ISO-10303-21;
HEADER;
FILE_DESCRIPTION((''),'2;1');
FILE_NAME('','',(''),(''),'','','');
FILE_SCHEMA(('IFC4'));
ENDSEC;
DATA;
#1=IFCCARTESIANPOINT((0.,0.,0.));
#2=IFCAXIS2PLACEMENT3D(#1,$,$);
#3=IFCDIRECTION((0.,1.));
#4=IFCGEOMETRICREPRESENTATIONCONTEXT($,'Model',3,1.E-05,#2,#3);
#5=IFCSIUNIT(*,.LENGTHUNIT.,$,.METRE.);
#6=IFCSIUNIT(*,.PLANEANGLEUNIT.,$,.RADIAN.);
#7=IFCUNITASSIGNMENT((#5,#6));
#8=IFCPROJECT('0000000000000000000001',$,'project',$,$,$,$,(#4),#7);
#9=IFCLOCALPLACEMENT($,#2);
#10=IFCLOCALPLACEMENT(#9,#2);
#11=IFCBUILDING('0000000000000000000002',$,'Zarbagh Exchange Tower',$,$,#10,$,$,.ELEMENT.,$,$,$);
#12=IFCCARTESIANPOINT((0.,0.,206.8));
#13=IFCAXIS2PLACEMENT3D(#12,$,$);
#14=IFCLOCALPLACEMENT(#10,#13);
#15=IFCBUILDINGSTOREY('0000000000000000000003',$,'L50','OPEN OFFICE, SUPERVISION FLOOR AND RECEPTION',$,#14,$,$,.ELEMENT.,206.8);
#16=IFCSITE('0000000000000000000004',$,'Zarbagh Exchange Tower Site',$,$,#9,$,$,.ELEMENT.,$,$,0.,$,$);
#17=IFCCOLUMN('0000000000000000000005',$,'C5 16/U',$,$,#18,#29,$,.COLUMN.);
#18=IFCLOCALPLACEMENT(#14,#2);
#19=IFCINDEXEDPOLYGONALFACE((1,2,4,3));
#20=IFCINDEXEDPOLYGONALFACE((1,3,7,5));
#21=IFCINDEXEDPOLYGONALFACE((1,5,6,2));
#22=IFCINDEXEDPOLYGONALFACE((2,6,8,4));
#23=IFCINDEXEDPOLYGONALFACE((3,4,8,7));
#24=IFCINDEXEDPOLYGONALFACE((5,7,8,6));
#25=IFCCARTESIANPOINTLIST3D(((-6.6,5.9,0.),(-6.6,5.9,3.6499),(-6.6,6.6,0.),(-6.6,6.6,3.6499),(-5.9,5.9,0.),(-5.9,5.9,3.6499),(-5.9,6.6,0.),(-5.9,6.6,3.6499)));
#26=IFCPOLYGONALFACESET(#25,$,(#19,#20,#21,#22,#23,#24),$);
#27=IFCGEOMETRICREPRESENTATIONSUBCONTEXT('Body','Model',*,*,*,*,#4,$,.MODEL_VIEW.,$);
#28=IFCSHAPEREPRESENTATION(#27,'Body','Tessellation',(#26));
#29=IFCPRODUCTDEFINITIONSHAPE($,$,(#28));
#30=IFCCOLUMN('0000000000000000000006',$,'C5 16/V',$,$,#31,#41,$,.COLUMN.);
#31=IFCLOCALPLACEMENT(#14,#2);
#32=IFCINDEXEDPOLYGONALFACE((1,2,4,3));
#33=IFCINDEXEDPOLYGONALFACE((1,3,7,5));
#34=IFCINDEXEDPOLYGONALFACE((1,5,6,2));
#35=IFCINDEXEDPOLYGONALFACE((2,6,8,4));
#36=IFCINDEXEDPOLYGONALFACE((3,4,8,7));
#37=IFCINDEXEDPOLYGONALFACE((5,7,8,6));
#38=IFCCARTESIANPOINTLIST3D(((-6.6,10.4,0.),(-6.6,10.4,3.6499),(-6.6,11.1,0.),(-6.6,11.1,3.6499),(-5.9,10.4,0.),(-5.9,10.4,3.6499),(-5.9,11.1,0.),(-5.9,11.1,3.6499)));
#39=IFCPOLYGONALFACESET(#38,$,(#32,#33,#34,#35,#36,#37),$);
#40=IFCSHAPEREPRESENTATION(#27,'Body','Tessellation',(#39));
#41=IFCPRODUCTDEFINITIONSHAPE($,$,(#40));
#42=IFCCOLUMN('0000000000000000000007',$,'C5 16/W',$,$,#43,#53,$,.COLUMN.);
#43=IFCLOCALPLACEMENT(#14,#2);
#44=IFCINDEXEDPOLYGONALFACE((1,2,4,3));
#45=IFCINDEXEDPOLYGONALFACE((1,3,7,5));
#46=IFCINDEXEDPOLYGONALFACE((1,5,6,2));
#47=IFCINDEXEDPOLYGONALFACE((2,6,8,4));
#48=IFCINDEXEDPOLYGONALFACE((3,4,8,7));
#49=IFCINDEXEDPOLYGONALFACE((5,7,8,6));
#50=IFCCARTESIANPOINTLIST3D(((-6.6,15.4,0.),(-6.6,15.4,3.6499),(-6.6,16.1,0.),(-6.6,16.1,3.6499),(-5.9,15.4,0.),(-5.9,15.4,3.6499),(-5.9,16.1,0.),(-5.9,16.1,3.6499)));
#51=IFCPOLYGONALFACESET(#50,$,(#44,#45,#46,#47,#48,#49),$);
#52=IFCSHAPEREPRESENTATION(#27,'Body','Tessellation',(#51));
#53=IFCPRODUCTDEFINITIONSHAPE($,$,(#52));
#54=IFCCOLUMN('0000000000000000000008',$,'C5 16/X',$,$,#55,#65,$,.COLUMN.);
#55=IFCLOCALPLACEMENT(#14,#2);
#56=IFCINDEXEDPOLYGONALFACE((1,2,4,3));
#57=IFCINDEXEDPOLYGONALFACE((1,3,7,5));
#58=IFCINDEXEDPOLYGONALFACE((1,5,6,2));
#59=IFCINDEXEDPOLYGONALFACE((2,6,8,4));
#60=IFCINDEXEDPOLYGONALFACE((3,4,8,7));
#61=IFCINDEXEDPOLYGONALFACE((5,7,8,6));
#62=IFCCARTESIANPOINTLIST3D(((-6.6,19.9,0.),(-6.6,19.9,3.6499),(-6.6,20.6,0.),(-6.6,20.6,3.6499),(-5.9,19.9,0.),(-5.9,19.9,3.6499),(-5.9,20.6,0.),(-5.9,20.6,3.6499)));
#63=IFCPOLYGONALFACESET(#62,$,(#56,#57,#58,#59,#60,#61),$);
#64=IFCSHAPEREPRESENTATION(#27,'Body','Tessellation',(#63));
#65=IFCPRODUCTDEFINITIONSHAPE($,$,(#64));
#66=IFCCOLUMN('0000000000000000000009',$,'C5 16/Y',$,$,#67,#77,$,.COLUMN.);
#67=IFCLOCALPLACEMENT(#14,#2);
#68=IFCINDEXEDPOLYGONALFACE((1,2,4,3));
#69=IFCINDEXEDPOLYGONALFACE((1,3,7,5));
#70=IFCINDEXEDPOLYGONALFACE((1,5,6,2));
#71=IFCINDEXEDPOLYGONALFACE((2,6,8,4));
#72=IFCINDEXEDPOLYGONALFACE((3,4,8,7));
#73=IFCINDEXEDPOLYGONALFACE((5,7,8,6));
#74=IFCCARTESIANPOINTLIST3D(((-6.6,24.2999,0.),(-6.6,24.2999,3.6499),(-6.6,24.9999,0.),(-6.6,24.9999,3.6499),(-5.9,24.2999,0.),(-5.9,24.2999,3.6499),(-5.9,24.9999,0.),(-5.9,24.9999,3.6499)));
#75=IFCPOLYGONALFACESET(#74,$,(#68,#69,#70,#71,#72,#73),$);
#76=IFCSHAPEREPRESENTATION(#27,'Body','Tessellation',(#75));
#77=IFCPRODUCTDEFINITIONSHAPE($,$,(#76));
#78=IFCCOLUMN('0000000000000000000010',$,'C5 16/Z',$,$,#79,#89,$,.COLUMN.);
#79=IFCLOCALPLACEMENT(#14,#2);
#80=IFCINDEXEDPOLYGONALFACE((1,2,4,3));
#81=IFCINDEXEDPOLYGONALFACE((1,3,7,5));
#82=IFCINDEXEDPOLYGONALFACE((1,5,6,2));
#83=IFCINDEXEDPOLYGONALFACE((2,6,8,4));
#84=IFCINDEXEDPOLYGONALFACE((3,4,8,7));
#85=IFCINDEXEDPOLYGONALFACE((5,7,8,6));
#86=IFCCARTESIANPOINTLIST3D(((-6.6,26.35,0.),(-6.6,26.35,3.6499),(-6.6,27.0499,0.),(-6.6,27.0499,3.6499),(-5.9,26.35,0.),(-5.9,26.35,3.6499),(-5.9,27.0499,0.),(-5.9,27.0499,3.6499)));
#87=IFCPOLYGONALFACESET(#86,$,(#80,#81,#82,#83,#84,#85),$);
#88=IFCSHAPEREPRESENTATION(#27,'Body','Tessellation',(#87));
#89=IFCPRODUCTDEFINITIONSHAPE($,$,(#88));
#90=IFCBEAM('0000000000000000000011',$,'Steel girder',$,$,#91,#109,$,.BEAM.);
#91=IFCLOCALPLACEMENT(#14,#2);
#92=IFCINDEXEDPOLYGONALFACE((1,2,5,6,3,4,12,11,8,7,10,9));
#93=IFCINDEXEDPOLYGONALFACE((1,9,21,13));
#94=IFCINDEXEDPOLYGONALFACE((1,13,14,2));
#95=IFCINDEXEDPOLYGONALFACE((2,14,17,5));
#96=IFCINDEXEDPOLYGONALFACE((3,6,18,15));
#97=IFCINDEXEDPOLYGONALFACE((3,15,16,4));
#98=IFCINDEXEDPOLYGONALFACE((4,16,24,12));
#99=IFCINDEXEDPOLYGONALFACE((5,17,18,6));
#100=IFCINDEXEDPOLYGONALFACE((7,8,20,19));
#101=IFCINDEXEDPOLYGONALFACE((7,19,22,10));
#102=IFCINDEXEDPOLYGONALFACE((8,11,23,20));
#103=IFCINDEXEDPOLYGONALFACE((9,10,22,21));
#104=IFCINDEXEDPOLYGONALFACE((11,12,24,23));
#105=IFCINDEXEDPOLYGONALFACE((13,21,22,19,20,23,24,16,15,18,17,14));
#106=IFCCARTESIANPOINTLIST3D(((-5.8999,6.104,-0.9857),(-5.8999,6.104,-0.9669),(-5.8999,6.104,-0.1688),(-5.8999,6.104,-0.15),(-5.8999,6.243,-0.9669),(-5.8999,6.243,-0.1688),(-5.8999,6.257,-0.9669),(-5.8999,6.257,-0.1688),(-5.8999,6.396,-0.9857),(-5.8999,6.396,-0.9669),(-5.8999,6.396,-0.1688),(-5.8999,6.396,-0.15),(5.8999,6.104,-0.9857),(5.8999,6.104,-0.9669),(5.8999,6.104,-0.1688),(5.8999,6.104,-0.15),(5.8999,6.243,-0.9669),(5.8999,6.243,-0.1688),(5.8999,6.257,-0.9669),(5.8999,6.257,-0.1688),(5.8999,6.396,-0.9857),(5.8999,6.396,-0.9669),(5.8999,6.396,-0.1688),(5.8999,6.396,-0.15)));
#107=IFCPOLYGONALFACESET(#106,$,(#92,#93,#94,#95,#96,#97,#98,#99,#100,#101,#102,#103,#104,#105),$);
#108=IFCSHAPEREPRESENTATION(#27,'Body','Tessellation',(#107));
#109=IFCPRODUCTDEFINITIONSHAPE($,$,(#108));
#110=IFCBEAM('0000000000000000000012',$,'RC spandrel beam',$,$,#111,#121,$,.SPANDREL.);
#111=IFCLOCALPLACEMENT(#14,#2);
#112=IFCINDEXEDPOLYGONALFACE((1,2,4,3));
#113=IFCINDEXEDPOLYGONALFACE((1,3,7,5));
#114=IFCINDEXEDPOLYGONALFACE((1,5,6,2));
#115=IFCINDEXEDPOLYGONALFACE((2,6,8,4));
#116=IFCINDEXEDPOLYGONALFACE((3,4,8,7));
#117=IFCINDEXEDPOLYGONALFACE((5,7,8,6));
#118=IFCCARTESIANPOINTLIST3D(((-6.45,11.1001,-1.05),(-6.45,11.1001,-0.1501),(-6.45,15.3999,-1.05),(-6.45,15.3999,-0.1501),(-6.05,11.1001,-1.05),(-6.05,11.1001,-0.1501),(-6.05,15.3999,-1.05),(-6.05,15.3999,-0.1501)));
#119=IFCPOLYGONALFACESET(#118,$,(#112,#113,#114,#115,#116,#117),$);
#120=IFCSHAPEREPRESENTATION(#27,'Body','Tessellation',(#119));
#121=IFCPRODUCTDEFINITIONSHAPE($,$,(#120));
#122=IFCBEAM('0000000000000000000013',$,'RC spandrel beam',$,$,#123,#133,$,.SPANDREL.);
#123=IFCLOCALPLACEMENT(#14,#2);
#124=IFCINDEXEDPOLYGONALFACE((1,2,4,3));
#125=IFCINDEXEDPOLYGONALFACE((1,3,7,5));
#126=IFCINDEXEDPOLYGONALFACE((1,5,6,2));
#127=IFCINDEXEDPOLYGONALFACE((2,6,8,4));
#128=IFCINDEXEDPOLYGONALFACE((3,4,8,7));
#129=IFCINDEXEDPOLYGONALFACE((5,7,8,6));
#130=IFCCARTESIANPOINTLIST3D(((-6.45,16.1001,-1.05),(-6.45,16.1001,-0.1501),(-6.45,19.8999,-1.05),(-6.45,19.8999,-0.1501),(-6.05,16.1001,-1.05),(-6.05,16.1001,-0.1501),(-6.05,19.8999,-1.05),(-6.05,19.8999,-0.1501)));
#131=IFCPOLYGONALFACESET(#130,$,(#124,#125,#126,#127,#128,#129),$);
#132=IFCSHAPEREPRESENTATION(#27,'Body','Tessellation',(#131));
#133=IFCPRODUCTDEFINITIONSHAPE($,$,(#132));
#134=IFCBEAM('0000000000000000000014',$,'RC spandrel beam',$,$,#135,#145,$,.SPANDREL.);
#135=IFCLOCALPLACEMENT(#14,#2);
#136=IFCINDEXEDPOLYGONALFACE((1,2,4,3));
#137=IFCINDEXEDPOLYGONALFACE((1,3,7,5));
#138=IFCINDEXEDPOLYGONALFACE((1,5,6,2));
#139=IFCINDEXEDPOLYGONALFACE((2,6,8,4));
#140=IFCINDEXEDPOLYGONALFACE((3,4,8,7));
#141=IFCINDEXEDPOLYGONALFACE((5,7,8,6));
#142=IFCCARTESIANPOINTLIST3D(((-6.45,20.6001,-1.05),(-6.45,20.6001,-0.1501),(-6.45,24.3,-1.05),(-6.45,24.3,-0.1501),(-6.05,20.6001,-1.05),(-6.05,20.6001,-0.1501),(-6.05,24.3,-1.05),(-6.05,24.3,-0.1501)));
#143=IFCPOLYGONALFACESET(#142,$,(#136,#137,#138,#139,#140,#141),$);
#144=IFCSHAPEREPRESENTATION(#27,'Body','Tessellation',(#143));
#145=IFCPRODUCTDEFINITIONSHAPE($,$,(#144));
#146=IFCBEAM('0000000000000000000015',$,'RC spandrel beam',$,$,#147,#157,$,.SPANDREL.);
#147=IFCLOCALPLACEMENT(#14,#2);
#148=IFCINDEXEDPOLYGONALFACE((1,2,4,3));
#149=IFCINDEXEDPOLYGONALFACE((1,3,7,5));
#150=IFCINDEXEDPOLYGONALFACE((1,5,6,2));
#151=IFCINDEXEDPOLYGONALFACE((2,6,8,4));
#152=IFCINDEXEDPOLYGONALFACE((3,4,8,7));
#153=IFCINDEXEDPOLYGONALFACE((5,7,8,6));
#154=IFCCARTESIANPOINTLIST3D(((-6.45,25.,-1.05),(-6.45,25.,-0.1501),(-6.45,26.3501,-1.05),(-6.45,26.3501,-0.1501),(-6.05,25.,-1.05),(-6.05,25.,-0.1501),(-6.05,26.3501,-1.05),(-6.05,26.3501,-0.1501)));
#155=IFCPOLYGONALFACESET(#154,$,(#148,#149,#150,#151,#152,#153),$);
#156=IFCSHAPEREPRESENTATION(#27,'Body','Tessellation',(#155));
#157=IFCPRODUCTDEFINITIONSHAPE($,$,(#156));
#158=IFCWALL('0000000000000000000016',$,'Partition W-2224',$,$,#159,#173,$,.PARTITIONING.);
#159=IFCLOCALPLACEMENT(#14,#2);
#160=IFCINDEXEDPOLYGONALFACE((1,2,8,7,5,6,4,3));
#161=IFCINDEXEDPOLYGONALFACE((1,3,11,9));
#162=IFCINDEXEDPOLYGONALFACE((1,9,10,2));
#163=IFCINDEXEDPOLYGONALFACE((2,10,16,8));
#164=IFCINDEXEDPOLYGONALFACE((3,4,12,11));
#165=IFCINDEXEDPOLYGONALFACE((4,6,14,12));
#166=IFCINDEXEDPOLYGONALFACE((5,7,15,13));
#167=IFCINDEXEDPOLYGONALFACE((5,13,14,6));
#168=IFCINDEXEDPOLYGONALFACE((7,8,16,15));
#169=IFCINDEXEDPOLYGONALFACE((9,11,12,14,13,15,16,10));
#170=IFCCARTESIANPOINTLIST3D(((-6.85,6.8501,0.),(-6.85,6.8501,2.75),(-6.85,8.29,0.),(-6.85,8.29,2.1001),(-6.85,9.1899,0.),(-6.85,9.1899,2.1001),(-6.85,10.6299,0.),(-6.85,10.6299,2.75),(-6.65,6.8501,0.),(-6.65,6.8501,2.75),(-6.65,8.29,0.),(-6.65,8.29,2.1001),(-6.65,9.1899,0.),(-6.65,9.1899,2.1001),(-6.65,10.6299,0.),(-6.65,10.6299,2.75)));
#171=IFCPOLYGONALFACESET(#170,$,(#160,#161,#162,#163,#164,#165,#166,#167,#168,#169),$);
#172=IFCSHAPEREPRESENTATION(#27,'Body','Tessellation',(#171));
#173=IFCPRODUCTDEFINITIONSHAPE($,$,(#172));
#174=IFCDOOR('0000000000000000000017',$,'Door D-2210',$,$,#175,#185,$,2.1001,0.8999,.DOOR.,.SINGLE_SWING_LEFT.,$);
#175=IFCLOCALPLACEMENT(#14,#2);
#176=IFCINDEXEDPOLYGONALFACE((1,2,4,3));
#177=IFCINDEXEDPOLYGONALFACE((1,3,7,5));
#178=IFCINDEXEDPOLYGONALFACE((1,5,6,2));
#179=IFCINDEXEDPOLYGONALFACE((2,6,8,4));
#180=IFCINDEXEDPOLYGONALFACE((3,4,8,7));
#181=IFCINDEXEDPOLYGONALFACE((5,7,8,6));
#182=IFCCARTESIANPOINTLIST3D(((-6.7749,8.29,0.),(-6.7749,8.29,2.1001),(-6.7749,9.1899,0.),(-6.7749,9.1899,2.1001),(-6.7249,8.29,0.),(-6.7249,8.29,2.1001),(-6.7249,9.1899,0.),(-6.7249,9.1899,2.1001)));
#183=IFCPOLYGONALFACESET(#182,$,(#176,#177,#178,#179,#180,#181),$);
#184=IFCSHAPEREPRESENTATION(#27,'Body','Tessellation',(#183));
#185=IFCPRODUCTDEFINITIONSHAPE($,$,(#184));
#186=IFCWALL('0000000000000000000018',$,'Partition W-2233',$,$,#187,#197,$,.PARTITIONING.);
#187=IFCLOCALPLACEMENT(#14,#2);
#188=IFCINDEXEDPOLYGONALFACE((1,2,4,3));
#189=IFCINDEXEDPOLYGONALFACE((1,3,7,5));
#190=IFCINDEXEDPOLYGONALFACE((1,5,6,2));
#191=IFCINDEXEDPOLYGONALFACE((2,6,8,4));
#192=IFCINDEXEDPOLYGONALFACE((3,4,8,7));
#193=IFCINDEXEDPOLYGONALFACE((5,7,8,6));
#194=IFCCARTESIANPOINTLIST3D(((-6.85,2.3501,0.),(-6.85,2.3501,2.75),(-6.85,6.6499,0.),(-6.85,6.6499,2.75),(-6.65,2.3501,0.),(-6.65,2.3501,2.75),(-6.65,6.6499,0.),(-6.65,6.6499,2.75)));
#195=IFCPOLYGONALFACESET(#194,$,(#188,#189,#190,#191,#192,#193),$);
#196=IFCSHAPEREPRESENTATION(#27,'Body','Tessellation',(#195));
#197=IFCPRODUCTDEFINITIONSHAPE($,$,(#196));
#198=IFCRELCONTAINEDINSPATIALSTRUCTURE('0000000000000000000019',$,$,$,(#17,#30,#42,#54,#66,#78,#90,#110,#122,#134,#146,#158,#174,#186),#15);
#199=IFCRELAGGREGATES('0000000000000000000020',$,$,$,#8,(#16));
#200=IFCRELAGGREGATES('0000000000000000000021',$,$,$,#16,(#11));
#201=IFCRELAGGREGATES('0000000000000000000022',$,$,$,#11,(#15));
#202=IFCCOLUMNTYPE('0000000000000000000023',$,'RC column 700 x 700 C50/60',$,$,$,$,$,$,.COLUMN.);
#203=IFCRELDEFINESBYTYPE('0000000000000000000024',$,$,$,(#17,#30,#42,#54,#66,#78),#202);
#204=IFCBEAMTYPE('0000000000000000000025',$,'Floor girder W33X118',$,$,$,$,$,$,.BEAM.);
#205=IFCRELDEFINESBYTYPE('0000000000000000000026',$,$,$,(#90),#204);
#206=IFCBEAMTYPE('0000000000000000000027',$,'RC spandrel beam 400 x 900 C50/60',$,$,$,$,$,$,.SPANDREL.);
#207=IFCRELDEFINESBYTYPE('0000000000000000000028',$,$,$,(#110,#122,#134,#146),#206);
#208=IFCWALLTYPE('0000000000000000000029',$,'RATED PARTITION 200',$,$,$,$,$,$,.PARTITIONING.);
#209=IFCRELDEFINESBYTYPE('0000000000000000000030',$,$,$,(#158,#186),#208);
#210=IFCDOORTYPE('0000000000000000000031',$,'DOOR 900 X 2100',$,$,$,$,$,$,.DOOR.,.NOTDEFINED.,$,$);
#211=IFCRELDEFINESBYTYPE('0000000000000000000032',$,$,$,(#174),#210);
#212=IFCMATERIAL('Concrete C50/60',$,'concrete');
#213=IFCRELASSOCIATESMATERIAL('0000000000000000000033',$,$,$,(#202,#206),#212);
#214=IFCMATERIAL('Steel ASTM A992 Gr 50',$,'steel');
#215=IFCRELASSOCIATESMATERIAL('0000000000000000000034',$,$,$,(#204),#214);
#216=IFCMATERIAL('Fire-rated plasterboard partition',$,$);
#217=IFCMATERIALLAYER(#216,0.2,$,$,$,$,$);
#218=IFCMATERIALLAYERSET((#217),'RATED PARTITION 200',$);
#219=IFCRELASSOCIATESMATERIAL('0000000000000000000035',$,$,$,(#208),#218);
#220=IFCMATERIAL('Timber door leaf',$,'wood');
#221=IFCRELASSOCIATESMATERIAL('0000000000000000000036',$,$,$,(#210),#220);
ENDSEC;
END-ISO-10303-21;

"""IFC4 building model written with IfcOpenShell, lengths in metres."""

from ifc_helpers import new_model, si_unit, direction, frame, frame_2d, origin, origin_2d, place, context, subcontext, project, spatial, rectangle, i_section, extrude, material, layer, layer_set, material_profile, profile_set, type_object, element, fill, save


model = new_model("IFC4")

# Units and contexts
model_context = context("Model", 3, precision=1e-05, world=origin(), true_north=direction((0.0, 1.0)))
body_context = subcontext(model_context, "Body", "Model", "MODEL_VIEW")
ifc_project = project(units=[si_unit("LENGTHUNIT", "METRE"), si_unit("PLANEANGLEUNIT", "RADIAN")], contexts=[model_context])

# Site, building, storey
site_placement = place(None, origin())
site = spatial("IfcSite", under=ifc_project, at=site_placement, Name="Zarbagh Exchange Tower Site", CompositionType="ELEMENT", RefElevation=0.0)
building_placement = place(site_placement, origin())
building = spatial("IfcBuilding", under=site, at=building_placement, Name="Zarbagh Exchange Tower", CompositionType="ELEMENT")
storey_placement = place(building_placement, frame((0.0, 0.0, 206.8)))
storey = spatial("IfcBuildingStorey", under=building, at=storey_placement, Name="L50", Description="OPEN OFFICE, SUPERVISION FLOOR AND RECEPTION", CompositionType="ELEMENT", Elevation=206.8)

# Columns
ifc_material_1 = material(Name="Concrete C50/60", Category="concrete")
ifc_material_profile_1 = material_profile(ifc_material_1, rectangle(XDim=0.7, YDim=0.7, at=origin_2d()), Name="RC column 700 x 700 C50/60")
ifc_profile_set_1 = profile_set([ifc_material_profile_1], Name="Concrete C50/60")
column_type = type_object("IfcColumnType", Name="RC column 700 x 700 C50/60", PredefinedType="COLUMN", material=ifc_profile_set_1)
for number, where, z_axis, x_axis, name in (
    (1, (-6.25, 6.25, 0.0), (0.0, 0.0, 1.0), (1.0, 0.0, 0.0), "C5 16/U"),
    (2, (-6.25, 10.75, 0.0), (0.0, 0.0, 1.0), (1.0, 0.0, 0.0), "C5 16/V"),
    (3, (-6.25, 15.75, 0.0), (0.0, 0.0, 1.0), (1.0, 0.0, 0.0), "C5 16/W"),
    (4, (-6.25, 20.25, 0.0), (0.0, 0.0, 1.0), (1.0, 0.0, 0.0), "C5 16/X"),
    (5, (-6.25, 24.6499, 0.0), (0.0, 0.0, 1.0), (1.0, 0.0, 0.0), "C5 16/Y"),
    (6, (-6.25, 26.7, 0.0), (0.0, 0.0, 1.0), (1.0, 0.0, 0.0), "C5 16/Z"),
):
    element("IfcColumn", number, at=place(storey_placement, frame(where, z_axis=z_axis, x_axis=x_axis)), inside=storey, type_object=column_type, Name=name, PredefinedType="COLUMN", context=body_context, shape_type="SweptSolid", body=[
        extrude(rectangle(XDim=0.7, YDim=0.7, at=origin_2d()), origin(), (0.0, 0.0, 1.0), 3.6499),
    ])

# Beams
ifc_material_2 = material(Name="Steel ASTM A992 Gr 50", Category="steel")
ifc_material_profile_2 = material_profile(ifc_material_2, i_section(OverallWidth=0.292, OverallDepth=0.8357, WebThickness=0.0139, FlangeThickness=0.0188, at=origin_2d()), Name="W33X118")
ifc_profile_set_2 = profile_set([ifc_material_profile_2], Name="Steel ASTM A992 Gr 50")
beam_type_1 = type_object("IfcBeamType", Name="Floor girder W33X118", PredefinedType="BEAM", material=ifc_profile_set_2)
beam_1_placement = place(storey_placement, frame((-5.8999, 6.25, -0.5679), z_axis=(1.0, 0.0, 0.0), x_axis=(0.0, 1.0, 0.0)))
element("IfcBeam", 7, at=beam_1_placement, inside=storey, type_object=beam_type_1, Name="Steel girder", PredefinedType="BEAM", context=body_context, shape_type="SweptSolid", body=[
    extrude(i_section(OverallWidth=0.292, OverallDepth=0.8357, WebThickness=0.0139, FlangeThickness=0.0188, at=origin_2d()), origin(), (0.0, 0.0, 1.0), 11.7998),
])
ifc_material_profile_3 = material_profile(ifc_material_1, rectangle(XDim=0.3999, YDim=0.8999, at=origin_2d()), Name="RC spandrel beam 400 x 900 C50/60")
ifc_profile_set_3 = profile_set([ifc_material_profile_3], Name="Concrete C50/60")
beam_type_2 = type_object("IfcBeamType", Name="RC spandrel beam 400 x 900 C50/60", PredefinedType="SPANDREL", material=ifc_profile_set_3)
beam_2_placement = place(storey_placement, frame((-6.25, 11.1001, -0.6001), z_axis=(0.0, 1.0, 0.0), x_axis=(-1.0, 0.0, 0.0)))
element("IfcBeam", 8, at=beam_2_placement, inside=storey, type_object=beam_type_2, Name="RC spandrel beam", PredefinedType="SPANDREL", context=body_context, shape_type="SweptSolid", body=[
    extrude(rectangle(XDim=0.3999, YDim=0.8999, at=origin_2d()), origin(), (0.0, 0.0, 1.0), 4.2998),
])
beam_3_placement = place(storey_placement, frame((-6.25, 16.1001, -0.6001), z_axis=(0.0, 1.0, 0.0), x_axis=(-1.0, 0.0, 0.0)))
element("IfcBeam", 9, at=beam_3_placement, inside=storey, type_object=beam_type_2, Name="RC spandrel beam", PredefinedType="SPANDREL", context=body_context, shape_type="SweptSolid", body=[
    extrude(rectangle(XDim=0.3999, YDim=0.8999, at=origin_2d()), origin(), (0.0, 0.0, 1.0), 3.7998),
])
beam_4_placement = place(storey_placement, frame((-6.25, 20.6001, -0.6001), z_axis=(0.0, 1.0, 0.0), x_axis=(-1.0, 0.0, 0.0)))
element("IfcBeam", 10, at=beam_4_placement, inside=storey, type_object=beam_type_2, Name="RC spandrel beam", PredefinedType="SPANDREL", context=body_context, shape_type="SweptSolid", body=[
    extrude(rectangle(XDim=0.3999, YDim=0.8999, at=origin_2d()), origin(), (0.0, 0.0, 1.0), 3.7),
])
beam_5_placement = place(storey_placement, frame((-6.25, 25.0, -0.6001), z_axis=(0.0, 1.0, 0.0), x_axis=(-1.0, 0.0, 0.0)))
element("IfcBeam", 11, at=beam_5_placement, inside=storey, type_object=beam_type_2, Name="RC spandrel beam", PredefinedType="SPANDREL", context=body_context, shape_type="SweptSolid", body=[
    extrude(rectangle(XDim=0.3999, YDim=0.8999, at=origin_2d()), origin(), (0.0, 0.0, 1.0), 1.3501),
])

# Wall, opening, door
ifc_material_3 = material(Name="Fire-rated plasterboard partition")
ifc_layer_1 = layer(ifc_material_3, 0.2)
ifc_layer_set_1 = layer_set([ifc_layer_1], Name="RATED PARTITION 200")
wall_type_1 = type_object("IfcWallType", Name="RATED PARTITION 200", PredefinedType="PARTITIONING", material=ifc_layer_set_1)
wall_1_placement = place(storey_placement, frame((-6.75, 6.8501, 0.0), z_axis=(0.0, 0.0, 1.0), x_axis=(0.0, 1.0, 0.0)))
wall_1 = element("IfcWall", 12, at=wall_1_placement, inside=storey, type_object=wall_type_1, Name="Partition W-2224", PredefinedType="PARTITIONING", context=body_context, shape_type="SweptSolid", body=[
    extrude(rectangle(XDim=3.7798, YDim=0.2, at=frame_2d((1.8899, 0.0))), origin(), (0.0, 0.0, 1.0), 2.75),
])
opening_1_placement = place(wall_1_placement, frame((1.4399, 0.0, 0.0)))
opening_1 = element("IfcOpeningElement", 13, at=opening_1_placement, cuts=wall_1, PredefinedType="OPENING", context=body_context, shape_type="SweptSolid", body=[
    extrude(rectangle(XDim=0.8999, YDim=2.1001, at=frame_2d((0.45, 1.05))), frame((0.0, 0.1099, 0.0), z_axis=(0.0, -1.0, 0.0), x_axis=(1.0, 0.0, 0.0)), (0.0, 0.0, 1.0), 0.22),
])
ifc_material_4 = material(Name="Timber door leaf", Category="wood")
door_type_1 = type_object("IfcDoorType", Name="DOOR 900 X 2100", OperationType="NOTDEFINED", PredefinedType="DOOR", material=ifc_material_4)
door_1_placement = place(opening_1_placement, origin())
door_1 = element("IfcDoor", 14, at=door_1_placement, inside=storey, type_object=door_type_1, Name="Door D-2210", OperationType="SINGLE_SWING_LEFT", OverallHeight=2.1001, OverallWidth=0.8999, PredefinedType="DOOR", context=body_context, shape_type="SweptSolid", body=[
    extrude(rectangle(XDim=0.8999, YDim=2.1001, at=frame_2d((0.45, 1.05))), frame((0.0, 0.0249, 0.0), z_axis=(0.0, -1.0, 0.0), x_axis=(1.0, 0.0, 0.0)), (0.0, 0.0, 1.0), 0.05),
])
fill(opening_1, door_1)

# Wall
wall_2_placement = place(storey_placement, frame((-6.75, 2.3501, 0.0), z_axis=(0.0, 0.0, 1.0), x_axis=(0.0, 1.0, 0.0)))
element("IfcWall", 15, at=wall_2_placement, inside=storey, type_object=wall_type_1, Name="Partition W-2233", PredefinedType="PARTITIONING", context=body_context, shape_type="SweptSolid", body=[
    extrude(rectangle(XDim=4.2998, YDim=0.2, at=frame_2d((2.1499, 0.0))), origin(), (0.0, 0.0, 1.0), 2.75),
])

save(model, "model.ifc")
